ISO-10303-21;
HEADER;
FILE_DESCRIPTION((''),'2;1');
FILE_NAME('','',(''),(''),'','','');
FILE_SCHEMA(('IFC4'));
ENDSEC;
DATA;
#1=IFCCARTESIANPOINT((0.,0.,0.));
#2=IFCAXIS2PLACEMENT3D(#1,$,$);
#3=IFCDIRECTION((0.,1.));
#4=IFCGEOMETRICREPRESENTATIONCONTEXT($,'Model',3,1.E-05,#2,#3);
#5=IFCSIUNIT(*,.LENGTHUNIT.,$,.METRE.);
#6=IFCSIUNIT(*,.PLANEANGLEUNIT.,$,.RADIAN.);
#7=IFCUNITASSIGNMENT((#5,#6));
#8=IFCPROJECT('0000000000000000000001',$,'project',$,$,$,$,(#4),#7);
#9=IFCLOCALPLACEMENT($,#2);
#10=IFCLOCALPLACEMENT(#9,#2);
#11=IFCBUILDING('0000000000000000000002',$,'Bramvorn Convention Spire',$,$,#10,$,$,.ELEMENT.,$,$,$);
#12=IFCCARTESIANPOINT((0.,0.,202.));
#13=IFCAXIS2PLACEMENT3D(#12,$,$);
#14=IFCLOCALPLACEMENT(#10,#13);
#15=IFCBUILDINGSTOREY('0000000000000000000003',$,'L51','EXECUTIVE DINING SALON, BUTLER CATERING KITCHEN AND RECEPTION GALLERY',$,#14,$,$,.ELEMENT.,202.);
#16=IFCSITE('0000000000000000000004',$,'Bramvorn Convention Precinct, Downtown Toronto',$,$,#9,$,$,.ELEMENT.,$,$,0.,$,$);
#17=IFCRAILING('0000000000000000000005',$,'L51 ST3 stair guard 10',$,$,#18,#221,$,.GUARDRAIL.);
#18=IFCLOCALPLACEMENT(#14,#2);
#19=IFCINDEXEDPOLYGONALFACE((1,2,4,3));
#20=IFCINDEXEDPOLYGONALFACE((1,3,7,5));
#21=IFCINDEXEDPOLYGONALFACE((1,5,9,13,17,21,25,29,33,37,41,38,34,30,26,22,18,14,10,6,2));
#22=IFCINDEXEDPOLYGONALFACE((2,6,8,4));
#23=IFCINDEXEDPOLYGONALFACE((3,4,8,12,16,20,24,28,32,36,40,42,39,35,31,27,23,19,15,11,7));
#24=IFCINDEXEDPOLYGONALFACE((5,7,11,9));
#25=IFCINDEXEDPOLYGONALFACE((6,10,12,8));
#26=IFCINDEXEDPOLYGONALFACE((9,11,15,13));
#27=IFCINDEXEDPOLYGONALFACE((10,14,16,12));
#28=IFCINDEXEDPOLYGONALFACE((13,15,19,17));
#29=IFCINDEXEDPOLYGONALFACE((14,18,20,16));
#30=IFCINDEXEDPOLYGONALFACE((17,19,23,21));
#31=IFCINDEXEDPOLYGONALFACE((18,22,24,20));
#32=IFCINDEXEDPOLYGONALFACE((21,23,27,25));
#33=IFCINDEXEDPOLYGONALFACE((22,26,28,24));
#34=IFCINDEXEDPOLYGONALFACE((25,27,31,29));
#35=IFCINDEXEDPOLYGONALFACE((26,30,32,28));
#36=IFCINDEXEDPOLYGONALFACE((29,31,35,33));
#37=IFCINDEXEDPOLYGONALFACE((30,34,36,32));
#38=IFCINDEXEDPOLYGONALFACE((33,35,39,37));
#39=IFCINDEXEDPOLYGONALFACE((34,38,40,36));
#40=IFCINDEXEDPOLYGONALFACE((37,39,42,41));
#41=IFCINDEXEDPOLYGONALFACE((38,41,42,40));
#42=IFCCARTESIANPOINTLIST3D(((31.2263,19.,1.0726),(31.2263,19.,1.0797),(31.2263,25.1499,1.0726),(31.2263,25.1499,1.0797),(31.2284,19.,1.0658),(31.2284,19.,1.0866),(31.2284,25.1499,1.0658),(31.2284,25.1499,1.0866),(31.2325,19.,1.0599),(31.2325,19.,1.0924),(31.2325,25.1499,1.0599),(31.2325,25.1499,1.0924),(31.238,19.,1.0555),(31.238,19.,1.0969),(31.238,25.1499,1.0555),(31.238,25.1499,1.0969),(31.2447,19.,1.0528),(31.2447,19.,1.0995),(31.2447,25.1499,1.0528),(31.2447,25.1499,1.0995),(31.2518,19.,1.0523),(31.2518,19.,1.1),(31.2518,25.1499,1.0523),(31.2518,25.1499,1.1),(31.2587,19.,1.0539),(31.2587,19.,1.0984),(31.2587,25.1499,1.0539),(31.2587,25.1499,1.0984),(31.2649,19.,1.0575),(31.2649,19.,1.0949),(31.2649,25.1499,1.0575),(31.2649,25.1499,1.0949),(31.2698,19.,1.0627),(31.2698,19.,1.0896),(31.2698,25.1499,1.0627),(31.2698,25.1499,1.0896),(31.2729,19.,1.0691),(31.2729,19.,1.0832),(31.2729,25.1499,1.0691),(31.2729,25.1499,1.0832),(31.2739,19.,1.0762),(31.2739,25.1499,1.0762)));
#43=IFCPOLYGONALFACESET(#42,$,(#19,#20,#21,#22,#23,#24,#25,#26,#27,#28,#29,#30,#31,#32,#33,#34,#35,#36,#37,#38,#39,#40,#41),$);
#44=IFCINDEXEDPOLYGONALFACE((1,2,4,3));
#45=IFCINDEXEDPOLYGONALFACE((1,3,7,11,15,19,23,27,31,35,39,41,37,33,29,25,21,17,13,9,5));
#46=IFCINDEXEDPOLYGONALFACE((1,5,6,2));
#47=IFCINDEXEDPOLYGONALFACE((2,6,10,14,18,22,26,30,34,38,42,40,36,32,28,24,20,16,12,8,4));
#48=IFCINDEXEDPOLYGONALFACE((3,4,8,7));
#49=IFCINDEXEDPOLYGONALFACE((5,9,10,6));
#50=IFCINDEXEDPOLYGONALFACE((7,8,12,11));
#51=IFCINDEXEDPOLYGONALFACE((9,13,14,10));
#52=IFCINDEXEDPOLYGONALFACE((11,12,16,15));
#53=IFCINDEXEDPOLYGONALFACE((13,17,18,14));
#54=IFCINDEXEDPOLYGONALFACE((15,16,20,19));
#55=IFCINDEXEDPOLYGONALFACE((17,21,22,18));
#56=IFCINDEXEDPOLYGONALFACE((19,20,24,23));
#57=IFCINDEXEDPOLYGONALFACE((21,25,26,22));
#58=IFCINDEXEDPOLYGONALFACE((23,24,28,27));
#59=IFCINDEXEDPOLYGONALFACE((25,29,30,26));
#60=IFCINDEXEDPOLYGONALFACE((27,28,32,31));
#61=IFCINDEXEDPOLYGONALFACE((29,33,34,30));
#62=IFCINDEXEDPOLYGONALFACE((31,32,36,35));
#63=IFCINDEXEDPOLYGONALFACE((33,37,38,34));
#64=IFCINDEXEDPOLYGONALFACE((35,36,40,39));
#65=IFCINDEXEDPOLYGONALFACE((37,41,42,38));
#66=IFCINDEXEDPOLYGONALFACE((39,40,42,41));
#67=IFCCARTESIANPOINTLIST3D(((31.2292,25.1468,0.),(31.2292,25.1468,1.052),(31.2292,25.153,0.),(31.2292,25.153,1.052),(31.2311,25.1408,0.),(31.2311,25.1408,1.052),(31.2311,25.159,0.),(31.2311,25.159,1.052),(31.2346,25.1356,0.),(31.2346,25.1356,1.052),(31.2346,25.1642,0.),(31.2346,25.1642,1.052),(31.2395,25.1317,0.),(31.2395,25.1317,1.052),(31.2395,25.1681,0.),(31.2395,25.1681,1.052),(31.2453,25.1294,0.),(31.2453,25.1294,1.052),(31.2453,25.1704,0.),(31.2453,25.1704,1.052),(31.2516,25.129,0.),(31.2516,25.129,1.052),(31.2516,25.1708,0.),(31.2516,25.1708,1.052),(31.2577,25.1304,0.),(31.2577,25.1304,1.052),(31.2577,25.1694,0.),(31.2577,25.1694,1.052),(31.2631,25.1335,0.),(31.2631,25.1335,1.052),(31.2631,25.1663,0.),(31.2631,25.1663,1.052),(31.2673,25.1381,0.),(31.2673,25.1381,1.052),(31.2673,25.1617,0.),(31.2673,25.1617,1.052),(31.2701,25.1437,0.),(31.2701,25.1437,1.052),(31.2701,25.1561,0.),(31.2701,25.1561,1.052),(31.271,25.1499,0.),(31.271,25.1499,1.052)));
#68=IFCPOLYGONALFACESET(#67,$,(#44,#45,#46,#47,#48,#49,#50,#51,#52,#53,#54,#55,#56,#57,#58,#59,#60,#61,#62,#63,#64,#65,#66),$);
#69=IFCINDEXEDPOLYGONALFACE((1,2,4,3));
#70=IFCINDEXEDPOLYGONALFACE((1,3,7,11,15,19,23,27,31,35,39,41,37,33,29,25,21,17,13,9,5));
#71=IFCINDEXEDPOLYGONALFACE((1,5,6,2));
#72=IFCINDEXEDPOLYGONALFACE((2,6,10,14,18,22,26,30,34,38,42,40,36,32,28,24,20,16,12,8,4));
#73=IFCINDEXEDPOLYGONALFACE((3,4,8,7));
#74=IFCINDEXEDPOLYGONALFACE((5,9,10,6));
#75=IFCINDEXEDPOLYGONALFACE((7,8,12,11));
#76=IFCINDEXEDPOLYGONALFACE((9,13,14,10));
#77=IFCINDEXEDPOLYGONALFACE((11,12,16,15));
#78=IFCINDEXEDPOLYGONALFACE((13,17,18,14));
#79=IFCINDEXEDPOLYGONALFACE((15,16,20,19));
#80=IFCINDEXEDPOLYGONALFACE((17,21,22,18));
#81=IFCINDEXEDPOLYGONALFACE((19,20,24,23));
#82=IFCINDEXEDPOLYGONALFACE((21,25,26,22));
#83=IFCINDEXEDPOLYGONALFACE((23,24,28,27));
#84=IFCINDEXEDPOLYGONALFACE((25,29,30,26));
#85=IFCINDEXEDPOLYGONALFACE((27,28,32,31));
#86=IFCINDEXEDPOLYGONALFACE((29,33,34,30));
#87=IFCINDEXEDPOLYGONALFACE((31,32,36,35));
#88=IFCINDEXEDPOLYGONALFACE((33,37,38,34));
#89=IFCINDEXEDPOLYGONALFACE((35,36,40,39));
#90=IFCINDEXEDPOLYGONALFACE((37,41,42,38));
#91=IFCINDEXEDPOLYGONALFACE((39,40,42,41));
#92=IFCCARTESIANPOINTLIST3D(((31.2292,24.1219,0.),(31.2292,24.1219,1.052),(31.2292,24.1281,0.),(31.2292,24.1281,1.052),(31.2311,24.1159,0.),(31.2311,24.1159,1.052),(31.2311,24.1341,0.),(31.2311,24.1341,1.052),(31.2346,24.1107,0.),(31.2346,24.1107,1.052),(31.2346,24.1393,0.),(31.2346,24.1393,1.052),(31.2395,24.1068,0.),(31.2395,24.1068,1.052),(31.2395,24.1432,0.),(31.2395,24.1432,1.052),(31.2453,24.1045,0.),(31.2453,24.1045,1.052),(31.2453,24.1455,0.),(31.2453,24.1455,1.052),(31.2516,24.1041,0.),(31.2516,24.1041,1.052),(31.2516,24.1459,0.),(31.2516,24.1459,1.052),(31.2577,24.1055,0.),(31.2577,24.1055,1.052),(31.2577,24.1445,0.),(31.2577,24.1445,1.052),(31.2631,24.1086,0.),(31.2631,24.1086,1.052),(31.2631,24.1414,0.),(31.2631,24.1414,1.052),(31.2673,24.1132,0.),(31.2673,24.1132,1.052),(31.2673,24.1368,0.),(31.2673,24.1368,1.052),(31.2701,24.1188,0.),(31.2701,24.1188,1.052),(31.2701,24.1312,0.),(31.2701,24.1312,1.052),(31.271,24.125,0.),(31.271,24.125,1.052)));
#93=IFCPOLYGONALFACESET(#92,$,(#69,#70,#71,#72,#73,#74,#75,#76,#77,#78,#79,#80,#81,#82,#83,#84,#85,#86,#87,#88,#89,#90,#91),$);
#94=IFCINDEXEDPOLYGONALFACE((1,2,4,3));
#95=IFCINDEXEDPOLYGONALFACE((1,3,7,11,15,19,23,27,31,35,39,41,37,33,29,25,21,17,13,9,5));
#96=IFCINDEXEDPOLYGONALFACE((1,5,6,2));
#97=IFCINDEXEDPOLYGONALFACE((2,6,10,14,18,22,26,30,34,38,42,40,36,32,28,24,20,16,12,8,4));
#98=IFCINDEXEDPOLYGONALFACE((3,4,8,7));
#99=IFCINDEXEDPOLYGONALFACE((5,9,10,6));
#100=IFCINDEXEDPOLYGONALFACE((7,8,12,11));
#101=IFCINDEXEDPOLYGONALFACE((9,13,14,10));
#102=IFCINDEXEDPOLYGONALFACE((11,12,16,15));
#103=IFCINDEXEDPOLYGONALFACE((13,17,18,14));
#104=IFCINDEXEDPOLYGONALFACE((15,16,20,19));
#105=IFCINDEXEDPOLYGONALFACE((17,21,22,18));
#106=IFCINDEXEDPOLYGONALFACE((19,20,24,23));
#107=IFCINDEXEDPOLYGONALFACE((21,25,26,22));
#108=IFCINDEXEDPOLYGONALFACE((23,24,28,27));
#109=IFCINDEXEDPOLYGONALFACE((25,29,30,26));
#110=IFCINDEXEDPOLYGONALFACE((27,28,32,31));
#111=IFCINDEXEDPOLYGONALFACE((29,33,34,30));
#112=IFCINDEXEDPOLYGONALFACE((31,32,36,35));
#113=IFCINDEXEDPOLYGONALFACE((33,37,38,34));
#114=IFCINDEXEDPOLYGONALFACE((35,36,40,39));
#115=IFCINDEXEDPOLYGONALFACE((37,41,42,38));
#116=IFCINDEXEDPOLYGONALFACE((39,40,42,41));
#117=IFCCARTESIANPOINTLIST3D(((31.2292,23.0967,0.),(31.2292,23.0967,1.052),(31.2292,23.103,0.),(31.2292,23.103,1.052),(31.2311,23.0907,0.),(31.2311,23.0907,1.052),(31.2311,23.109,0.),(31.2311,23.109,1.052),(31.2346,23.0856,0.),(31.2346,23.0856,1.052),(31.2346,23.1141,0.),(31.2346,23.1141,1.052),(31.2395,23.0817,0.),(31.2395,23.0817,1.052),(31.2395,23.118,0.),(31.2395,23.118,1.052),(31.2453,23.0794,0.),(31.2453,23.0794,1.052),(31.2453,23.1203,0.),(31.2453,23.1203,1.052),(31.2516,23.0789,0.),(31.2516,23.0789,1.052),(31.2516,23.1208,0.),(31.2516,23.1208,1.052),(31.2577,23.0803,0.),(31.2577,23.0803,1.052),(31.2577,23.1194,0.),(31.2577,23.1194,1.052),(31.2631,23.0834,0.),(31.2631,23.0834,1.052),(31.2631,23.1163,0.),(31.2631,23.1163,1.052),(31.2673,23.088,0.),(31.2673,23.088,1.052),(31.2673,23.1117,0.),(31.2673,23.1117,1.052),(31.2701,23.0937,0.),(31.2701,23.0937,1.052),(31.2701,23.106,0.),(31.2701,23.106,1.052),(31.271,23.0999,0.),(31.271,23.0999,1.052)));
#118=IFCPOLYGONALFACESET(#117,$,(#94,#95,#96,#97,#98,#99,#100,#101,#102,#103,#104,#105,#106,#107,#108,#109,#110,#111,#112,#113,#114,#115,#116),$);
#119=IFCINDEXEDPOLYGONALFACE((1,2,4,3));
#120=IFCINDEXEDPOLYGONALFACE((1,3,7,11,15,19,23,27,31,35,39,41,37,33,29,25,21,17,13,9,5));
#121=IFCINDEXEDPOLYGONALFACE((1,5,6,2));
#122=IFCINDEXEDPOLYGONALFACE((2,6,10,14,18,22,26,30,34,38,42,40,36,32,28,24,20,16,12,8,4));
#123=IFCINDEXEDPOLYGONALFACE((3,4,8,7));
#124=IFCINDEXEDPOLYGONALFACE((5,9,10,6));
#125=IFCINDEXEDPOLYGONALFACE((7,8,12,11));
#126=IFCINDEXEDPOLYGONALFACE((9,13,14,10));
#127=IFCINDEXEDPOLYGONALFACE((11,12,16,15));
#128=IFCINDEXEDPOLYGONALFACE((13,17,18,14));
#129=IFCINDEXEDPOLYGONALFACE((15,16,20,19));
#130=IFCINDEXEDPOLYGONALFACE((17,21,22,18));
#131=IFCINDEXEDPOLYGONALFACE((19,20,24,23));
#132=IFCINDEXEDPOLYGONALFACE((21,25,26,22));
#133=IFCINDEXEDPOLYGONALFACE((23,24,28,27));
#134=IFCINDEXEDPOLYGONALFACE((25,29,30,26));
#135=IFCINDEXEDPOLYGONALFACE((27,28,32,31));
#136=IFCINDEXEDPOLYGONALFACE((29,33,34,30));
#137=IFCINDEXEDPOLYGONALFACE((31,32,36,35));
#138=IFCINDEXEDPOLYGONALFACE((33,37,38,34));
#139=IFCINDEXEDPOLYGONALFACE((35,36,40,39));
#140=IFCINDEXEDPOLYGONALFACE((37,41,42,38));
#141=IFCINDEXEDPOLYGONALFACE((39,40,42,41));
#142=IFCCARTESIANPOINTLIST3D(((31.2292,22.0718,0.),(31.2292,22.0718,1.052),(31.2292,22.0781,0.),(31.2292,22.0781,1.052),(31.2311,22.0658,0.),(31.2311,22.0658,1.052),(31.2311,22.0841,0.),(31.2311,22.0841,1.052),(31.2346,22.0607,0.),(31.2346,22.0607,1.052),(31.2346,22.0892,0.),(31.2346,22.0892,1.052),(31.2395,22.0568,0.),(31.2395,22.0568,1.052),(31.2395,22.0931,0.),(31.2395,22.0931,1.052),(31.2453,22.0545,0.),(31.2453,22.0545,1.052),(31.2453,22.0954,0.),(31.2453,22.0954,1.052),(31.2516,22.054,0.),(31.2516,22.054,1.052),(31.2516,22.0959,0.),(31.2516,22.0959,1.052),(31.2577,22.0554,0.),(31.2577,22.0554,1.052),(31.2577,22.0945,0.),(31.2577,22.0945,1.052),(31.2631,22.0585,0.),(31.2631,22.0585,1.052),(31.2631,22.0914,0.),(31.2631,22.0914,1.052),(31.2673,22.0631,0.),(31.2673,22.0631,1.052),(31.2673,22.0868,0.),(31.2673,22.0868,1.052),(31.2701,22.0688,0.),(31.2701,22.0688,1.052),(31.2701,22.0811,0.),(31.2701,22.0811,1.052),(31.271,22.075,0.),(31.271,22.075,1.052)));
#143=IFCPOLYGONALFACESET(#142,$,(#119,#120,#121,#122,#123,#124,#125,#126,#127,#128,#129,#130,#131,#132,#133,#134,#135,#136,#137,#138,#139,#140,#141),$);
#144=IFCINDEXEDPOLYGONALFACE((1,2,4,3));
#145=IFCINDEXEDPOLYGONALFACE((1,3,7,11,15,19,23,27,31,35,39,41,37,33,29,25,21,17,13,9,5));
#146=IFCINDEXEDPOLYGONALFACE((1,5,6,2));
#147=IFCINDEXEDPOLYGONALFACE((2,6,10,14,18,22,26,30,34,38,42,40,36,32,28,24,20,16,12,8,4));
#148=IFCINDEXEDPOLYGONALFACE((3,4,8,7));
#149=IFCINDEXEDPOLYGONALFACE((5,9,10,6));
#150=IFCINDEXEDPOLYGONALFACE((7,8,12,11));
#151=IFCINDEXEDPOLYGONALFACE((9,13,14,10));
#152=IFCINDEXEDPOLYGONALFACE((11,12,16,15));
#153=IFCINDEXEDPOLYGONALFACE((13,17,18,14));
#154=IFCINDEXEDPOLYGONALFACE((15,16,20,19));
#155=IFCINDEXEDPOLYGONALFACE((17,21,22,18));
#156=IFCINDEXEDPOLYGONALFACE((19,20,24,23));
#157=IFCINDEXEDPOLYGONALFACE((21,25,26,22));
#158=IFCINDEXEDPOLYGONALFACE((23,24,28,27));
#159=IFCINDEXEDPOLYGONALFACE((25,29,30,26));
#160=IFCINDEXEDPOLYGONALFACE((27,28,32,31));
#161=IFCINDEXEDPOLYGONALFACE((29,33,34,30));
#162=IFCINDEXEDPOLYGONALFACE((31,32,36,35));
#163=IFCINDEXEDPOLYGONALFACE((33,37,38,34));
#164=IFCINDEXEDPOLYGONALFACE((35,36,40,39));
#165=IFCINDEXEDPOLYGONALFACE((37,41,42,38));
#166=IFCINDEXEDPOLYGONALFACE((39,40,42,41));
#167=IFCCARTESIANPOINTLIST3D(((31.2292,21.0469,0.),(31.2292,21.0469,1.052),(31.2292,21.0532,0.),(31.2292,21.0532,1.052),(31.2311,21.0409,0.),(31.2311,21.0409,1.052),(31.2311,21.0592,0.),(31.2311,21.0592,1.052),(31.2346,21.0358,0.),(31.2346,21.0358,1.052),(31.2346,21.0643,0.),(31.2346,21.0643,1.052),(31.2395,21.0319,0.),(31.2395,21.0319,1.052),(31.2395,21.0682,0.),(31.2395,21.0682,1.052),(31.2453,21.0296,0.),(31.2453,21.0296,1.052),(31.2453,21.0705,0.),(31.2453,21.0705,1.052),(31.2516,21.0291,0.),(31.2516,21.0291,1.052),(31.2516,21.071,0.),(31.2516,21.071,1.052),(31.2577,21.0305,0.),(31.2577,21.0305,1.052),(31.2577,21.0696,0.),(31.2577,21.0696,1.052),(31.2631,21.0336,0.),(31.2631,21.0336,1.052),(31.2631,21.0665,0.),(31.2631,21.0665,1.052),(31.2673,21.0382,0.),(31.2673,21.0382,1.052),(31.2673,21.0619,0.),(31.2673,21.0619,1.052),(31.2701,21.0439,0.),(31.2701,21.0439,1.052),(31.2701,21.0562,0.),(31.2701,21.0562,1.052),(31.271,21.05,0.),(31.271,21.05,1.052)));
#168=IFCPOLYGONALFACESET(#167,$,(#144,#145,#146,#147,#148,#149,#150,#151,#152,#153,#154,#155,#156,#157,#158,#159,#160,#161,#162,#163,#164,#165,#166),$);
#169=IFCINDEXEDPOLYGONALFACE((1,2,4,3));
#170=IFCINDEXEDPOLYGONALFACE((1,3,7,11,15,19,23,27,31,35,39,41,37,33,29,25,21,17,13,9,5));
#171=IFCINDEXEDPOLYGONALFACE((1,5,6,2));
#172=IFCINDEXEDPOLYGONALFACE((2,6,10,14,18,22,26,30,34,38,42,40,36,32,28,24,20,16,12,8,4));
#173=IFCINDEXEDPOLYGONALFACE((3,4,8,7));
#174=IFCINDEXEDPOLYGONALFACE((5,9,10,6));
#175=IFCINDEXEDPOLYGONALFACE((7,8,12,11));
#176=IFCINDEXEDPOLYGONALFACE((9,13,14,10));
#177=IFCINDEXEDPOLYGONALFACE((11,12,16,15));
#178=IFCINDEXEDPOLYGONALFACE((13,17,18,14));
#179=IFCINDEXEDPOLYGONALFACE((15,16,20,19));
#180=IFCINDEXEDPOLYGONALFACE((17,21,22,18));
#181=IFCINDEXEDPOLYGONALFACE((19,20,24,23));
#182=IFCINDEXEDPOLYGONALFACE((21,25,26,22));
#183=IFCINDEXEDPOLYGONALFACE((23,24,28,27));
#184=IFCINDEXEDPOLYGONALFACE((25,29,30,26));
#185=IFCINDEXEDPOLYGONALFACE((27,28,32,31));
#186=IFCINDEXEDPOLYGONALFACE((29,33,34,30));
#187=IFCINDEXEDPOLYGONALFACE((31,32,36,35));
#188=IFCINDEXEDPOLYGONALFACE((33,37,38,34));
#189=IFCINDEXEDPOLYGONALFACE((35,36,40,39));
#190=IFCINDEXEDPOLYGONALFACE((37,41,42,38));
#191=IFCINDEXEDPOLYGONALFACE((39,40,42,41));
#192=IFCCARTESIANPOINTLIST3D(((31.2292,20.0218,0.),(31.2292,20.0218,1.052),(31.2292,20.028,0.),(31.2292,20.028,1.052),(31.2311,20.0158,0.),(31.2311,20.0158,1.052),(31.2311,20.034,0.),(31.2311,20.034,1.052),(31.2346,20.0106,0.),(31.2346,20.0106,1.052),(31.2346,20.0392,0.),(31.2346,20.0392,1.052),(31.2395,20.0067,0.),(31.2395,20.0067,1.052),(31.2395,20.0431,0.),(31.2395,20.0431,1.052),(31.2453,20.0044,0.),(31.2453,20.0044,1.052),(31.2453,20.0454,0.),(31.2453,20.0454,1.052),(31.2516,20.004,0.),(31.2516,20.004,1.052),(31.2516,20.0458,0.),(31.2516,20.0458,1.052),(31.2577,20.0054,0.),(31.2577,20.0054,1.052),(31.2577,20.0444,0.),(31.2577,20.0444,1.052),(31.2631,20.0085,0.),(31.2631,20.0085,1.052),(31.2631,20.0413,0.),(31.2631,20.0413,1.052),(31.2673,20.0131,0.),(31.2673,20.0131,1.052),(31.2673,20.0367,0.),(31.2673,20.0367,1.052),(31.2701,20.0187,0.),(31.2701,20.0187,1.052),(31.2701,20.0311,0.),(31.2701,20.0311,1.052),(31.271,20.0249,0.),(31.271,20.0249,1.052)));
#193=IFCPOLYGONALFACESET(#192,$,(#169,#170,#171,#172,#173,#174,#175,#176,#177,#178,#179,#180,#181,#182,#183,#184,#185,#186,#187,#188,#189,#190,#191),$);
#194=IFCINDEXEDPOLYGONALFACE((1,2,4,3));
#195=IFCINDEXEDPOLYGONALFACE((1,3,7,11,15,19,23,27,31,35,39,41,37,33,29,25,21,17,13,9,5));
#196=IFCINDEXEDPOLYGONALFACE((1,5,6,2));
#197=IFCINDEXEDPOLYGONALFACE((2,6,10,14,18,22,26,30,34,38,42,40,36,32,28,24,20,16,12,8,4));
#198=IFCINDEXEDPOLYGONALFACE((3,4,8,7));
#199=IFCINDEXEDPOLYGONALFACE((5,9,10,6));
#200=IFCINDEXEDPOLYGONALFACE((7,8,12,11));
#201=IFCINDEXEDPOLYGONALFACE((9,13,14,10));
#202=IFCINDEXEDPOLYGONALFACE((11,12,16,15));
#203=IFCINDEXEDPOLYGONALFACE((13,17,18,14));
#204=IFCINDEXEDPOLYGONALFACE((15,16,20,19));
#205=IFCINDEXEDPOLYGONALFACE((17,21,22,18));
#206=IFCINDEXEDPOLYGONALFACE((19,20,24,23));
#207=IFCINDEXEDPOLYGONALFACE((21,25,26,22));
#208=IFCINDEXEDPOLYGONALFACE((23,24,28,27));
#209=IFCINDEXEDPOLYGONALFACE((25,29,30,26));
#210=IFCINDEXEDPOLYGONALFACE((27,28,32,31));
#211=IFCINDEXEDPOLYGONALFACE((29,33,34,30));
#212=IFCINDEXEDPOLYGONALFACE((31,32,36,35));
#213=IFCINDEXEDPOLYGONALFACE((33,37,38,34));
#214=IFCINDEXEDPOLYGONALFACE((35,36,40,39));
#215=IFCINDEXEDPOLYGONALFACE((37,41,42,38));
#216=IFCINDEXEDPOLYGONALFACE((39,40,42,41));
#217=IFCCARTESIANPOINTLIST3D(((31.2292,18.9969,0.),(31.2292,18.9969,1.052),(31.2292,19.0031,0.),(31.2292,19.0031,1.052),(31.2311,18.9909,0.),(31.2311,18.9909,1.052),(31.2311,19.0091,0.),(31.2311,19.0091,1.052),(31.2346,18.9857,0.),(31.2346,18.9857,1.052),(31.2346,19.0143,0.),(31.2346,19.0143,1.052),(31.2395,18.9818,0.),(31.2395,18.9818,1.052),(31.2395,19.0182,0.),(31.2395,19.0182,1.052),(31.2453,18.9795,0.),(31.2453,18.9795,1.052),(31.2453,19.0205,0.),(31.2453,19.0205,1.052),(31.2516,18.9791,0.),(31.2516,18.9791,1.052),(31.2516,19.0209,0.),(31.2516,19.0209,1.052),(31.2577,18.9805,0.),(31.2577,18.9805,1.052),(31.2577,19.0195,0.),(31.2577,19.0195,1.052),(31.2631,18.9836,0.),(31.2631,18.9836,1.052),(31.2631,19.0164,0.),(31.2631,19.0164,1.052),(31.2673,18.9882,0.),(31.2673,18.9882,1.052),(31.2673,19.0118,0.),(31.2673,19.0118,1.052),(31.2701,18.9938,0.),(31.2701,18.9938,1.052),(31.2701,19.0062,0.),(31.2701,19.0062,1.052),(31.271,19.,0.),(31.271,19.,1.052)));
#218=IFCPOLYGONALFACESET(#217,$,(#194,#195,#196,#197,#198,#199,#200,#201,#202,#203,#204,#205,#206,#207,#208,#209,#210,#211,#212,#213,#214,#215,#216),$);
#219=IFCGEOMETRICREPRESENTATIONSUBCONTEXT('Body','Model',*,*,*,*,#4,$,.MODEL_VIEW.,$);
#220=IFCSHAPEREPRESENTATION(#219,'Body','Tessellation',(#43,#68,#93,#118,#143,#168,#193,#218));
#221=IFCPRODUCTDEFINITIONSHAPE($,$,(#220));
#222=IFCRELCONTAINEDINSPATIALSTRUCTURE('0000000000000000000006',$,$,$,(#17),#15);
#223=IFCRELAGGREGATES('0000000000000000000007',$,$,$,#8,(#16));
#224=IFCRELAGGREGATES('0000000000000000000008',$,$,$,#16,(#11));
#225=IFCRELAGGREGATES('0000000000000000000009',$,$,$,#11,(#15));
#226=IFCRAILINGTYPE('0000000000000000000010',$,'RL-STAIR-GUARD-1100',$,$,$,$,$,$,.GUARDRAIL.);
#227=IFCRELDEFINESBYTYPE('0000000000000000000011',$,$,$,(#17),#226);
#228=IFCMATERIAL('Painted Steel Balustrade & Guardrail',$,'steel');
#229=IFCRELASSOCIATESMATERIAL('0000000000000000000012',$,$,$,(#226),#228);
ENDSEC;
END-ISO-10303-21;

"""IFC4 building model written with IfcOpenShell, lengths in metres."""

from ifc_helpers import new_model, si_unit, direction, frame, origin, origin_2d, place, context, subcontext, project, spatial, circle, extrude, material, type_object, element, save


model = new_model("IFC4")

# Units and contexts
model_context = context("Model", 3, precision=1e-05, world=origin(), true_north=direction((0.0, 1.0)))
body_context = subcontext(model_context, "Body", "Model", "MODEL_VIEW")
ifc_project = project(units=[si_unit("LENGTHUNIT", "METRE"), si_unit("PLANEANGLEUNIT", "RADIAN")], contexts=[model_context])

# Site, building, storey
site_placement = place(None, origin())
site = spatial("IfcSite", under=ifc_project, at=site_placement, Name="Bramvorn Convention Precinct, Downtown Toronto", CompositionType="ELEMENT", RefElevation=0.0)
building_placement = place(site_placement, origin())
building = spatial("IfcBuilding", under=site, at=building_placement, Name="Bramvorn Convention Spire", CompositionType="ELEMENT")
storey_placement = place(building_placement, frame((0.0, 0.0, 202.0)))
storey = spatial("IfcBuildingStorey", under=building, at=storey_placement, Name="L51", Description="EXECUTIVE DINING SALON, BUTLER CATERING KITCHEN AND RECEPTION GALLERY", CompositionType="ELEMENT", Elevation=202.0)

# Railing
ifc_material_1 = material(Name="Painted Steel Balustrade & Guardrail", Category="steel")
railing_type_1 = type_object("IfcRailingType", Name="RL-STAIR-GUARD-1100", PredefinedType="GUARDRAIL", material=ifc_material_1)
railing_1_placement = place(storey_placement, frame((31.25, 25.1499, 0.0)))
element("IfcRailing", 1, at=railing_1_placement, inside=storey, type_object=railing_type_1, Name="L51 ST3 stair guard 10", PredefinedType="GUARDRAIL", context=body_context, shape_type="SweptSolid", body=[
    extrude(circle(Radius=0.0239, at=origin_2d()), frame((0.0, 0.0, 1.0762), z_axis=(0.0, -1.0, 0.0), x_axis=(1.0, 0.0, 0.0)), (0.0, 0.0, 1.0), 6.1499),
    extrude(circle(Radius=0.021, at=origin_2d()), origin(), (0.0, 0.0, 1.0), 1.052),
    extrude(circle(Radius=0.021, at=origin_2d()), frame((0.0, -1.0249, 0.0)), (0.0, 0.0, 1.0), 1.052),
    extrude(circle(Radius=0.021, at=origin_2d()), frame((0.0, -2.05, 0.0)), (0.0, 0.0, 1.0), 1.052),
    extrude(circle(Radius=0.021, at=origin_2d()), frame((0.0, -3.075, 0.0)), (0.0, 0.0, 1.0), 1.052),
    extrude(circle(Radius=0.021, at=origin_2d()), frame((0.0, -4.0999, 0.0)), (0.0, 0.0, 1.0), 1.052),
    extrude(circle(Radius=0.021, at=origin_2d()), frame((0.0, -5.125, 0.0)), (0.0, 0.0, 1.0), 1.052),
    extrude(circle(Radius=0.021, at=origin_2d()), frame((0.0, -6.1499, 0.0)), (0.0, 0.0, 1.0), 1.052),
])

save(model, "model.ifc")
